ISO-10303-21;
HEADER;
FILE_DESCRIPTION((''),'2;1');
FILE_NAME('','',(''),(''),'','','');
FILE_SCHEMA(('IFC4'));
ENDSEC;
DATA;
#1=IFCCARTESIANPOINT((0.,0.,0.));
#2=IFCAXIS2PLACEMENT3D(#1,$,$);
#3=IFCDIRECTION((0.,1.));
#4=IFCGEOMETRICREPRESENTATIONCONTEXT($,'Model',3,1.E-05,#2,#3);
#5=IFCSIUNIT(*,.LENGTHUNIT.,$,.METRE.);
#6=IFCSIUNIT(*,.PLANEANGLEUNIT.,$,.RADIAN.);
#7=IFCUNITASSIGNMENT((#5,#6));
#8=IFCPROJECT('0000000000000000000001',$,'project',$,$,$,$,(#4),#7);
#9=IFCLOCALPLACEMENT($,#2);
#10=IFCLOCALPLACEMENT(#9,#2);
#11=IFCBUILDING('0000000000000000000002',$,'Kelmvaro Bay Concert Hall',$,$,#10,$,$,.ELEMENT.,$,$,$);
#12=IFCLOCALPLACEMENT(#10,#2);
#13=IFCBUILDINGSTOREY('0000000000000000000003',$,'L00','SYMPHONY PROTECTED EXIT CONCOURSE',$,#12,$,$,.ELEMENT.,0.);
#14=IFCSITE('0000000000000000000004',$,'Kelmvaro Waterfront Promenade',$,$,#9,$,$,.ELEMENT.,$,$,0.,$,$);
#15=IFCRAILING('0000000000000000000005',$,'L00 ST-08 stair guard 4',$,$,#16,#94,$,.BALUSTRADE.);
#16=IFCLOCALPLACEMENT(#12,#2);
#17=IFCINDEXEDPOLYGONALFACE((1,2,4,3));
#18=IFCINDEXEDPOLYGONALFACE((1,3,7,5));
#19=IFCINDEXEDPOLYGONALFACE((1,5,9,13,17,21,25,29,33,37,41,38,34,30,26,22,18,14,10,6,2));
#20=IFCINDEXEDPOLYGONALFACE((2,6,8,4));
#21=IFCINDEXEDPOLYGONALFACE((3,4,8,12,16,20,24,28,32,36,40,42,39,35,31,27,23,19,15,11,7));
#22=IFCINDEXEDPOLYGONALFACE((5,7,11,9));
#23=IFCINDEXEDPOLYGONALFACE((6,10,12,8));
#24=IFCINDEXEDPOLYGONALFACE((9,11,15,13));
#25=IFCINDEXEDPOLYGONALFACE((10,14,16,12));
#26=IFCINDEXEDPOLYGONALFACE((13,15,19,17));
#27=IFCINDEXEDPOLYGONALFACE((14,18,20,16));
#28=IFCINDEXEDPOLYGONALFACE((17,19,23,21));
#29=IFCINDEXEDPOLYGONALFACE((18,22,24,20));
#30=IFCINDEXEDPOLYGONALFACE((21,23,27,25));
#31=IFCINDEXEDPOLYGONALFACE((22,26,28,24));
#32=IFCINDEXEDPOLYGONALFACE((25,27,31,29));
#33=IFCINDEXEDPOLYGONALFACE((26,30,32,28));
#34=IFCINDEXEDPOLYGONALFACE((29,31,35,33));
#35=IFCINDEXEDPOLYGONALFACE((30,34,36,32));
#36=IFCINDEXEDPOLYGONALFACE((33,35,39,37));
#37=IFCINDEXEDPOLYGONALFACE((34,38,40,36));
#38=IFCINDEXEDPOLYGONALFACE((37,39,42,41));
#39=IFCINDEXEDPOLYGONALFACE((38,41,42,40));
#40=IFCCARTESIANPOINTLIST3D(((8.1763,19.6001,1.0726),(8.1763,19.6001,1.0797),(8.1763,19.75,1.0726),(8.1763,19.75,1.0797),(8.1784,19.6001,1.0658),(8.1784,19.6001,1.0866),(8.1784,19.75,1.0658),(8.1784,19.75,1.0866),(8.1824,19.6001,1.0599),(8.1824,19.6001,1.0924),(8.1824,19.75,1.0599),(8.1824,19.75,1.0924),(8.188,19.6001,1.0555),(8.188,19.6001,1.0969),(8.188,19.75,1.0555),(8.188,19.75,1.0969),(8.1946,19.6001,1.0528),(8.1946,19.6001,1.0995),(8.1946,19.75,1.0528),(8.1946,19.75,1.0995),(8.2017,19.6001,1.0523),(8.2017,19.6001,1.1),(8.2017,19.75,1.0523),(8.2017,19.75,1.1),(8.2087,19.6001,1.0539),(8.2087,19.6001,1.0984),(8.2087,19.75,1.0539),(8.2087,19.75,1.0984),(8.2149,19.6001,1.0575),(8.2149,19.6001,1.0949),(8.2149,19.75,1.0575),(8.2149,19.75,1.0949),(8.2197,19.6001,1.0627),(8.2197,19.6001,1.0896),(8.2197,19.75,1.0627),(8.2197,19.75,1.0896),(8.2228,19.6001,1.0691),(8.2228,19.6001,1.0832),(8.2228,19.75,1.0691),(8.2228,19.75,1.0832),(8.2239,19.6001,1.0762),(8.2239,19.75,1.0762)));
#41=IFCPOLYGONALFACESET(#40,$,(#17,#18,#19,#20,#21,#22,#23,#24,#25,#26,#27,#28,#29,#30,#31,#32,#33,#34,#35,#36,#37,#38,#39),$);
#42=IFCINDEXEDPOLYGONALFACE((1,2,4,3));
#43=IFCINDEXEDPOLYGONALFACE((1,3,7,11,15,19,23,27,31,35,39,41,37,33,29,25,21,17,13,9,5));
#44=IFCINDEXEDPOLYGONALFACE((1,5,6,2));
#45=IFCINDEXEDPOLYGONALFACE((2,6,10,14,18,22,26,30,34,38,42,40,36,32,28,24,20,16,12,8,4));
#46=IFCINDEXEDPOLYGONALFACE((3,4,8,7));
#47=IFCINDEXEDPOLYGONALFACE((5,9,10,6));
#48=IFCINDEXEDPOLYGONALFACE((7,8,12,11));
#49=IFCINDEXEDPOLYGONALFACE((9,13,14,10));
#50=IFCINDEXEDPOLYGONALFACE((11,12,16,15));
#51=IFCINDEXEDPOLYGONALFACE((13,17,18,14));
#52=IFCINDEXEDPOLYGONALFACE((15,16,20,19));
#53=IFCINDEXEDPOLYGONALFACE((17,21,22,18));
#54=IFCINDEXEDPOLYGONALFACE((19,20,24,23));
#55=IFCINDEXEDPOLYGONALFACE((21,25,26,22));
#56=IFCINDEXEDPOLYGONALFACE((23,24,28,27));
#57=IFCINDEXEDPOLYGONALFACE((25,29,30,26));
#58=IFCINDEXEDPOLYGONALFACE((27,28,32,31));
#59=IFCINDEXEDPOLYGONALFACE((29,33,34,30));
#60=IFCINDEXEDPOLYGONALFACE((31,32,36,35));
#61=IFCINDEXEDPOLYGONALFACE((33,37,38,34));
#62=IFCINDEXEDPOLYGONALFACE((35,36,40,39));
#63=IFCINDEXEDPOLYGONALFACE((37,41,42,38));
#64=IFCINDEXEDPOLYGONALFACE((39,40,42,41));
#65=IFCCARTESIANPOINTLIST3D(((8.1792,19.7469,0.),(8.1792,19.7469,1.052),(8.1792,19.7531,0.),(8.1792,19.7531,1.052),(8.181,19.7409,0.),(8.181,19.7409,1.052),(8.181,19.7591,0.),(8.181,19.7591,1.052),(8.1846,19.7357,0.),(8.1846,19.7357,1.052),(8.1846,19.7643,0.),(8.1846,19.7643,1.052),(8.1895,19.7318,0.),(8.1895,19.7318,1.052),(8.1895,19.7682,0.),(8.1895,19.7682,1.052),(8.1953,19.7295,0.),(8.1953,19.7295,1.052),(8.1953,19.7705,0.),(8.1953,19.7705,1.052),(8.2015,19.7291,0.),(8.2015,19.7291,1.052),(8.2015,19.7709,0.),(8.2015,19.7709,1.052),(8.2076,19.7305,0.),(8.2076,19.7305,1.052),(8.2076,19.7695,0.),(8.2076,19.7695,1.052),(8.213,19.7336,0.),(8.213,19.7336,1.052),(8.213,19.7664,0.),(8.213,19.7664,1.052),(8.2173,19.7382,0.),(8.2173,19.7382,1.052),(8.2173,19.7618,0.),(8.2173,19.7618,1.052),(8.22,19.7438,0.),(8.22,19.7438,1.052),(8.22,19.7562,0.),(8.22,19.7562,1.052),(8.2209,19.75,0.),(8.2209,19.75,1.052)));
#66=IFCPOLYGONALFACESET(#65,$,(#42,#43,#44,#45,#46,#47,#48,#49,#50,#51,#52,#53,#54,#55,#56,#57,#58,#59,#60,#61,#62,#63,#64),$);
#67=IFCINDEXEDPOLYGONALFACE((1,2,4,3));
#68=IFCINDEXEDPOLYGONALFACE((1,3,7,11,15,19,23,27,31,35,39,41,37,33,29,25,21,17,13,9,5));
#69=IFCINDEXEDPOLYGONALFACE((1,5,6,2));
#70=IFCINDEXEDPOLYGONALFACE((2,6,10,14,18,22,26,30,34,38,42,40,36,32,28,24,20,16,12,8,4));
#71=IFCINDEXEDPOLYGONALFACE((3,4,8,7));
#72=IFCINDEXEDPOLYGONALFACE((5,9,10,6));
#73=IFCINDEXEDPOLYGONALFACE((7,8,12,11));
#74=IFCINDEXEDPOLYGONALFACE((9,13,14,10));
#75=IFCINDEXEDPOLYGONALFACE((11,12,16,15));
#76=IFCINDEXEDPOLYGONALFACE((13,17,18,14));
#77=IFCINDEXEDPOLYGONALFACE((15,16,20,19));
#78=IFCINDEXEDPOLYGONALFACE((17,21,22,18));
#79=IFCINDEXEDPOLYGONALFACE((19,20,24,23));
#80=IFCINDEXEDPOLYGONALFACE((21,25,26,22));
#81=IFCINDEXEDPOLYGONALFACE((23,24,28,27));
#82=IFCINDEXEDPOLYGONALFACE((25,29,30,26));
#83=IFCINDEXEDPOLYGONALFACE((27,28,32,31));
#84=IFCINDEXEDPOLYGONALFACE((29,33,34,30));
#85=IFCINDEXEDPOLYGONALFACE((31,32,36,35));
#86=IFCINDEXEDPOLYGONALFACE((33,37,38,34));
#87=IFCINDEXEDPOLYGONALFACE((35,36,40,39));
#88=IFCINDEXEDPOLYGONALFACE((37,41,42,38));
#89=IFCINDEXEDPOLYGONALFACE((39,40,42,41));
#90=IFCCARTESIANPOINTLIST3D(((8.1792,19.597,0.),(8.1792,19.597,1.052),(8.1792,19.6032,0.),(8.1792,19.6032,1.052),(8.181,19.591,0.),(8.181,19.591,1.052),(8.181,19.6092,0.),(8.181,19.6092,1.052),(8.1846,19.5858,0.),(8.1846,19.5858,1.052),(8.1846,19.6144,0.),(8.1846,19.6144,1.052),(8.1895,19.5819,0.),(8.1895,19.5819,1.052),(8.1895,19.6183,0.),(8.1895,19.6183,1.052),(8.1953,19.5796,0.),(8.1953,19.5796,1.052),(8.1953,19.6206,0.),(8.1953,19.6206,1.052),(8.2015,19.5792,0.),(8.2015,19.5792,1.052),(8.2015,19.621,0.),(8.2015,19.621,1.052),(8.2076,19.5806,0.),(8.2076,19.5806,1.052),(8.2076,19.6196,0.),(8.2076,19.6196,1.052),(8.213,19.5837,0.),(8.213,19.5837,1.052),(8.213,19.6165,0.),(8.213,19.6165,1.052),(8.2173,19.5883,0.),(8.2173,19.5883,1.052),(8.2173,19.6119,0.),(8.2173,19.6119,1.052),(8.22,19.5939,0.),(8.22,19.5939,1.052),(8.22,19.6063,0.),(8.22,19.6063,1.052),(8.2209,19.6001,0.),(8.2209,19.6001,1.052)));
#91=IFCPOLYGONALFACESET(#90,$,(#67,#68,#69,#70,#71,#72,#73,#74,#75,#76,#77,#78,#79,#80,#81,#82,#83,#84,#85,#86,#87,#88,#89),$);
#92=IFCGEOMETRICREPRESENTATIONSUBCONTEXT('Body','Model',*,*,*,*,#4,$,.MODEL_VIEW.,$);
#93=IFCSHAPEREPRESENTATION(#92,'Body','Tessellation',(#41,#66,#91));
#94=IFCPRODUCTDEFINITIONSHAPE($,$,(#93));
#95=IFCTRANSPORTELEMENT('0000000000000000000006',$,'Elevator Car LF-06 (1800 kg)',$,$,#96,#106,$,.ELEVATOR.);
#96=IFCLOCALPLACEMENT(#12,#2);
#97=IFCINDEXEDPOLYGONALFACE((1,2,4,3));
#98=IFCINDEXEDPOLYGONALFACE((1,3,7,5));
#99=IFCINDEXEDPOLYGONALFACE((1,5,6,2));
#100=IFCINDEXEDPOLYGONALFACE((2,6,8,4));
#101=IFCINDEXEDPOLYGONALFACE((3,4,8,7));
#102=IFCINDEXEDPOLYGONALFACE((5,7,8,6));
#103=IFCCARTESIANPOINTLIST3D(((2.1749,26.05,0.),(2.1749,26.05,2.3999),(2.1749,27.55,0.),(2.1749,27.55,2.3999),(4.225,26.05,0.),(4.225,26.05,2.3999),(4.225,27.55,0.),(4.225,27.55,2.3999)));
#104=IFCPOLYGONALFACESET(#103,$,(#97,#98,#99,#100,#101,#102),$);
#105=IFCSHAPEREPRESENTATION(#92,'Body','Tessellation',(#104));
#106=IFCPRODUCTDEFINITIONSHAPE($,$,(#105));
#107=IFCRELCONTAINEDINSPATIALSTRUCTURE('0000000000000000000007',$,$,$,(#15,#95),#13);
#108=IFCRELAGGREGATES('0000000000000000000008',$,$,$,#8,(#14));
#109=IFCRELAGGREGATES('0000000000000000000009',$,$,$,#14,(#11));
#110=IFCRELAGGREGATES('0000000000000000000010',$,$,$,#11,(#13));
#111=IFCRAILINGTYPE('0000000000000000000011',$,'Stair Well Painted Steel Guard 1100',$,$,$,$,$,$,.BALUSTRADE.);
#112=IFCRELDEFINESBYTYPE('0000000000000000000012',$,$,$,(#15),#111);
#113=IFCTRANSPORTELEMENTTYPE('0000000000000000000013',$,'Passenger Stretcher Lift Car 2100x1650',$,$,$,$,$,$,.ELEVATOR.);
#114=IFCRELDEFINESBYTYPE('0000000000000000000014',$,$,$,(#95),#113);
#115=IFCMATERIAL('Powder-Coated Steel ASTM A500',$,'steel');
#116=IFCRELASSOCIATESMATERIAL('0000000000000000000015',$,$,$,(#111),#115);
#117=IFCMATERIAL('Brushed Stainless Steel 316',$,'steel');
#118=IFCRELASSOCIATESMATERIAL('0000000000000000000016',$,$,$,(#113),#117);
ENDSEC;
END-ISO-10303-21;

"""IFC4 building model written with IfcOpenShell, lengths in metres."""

from ifc_helpers import new_model, si_unit, direction, frame, origin, origin_2d, place, context, subcontext, project, spatial, rectangle, circle, extrude, material, type_object, element, save


model = new_model("IFC4")

# Units and contexts
model_context = context("Model", 3, precision=1e-05, world=origin(), true_north=direction((0.0, 1.0)))
body_context = subcontext(model_context, "Body", "Model", "MODEL_VIEW")
ifc_project = project(units=[si_unit("LENGTHUNIT", "METRE"), si_unit("PLANEANGLEUNIT", "RADIAN")], contexts=[model_context])

# Site, building, storey
site_placement = place(None, origin())
site = spatial("IfcSite", under=ifc_project, at=site_placement, Name="Kelmvaro Waterfront Promenade", CompositionType="ELEMENT", RefElevation=0.0)
building_placement = place(site_placement, origin())
building = spatial("IfcBuilding", under=site, at=building_placement, Name="Kelmvaro Bay Concert Hall", CompositionType="ELEMENT")
storey_placement = place(building_placement, origin())
storey = spatial("IfcBuildingStorey", under=building, at=storey_placement, Name="L00", Description="SYMPHONY PROTECTED EXIT CONCOURSE", CompositionType="ELEMENT", Elevation=0.0)

# Railing
ifc_material_1 = material(Name="Powder-Coated Steel ASTM A500", Category="steel")
railing_type_1 = type_object("IfcRailingType", Name="Stair Well Painted Steel Guard 1100", PredefinedType="BALUSTRADE", material=ifc_material_1)
railing_1_placement = place(storey_placement, frame((8.2, 19.75, 0.0)))
element("IfcRailing", 1, at=railing_1_placement, inside=storey, type_object=railing_type_1, Name="L00 ST-08 stair guard 4", PredefinedType="BALUSTRADE", context=body_context, shape_type="SweptSolid", body=[
    extrude(circle(Radius=0.0239, at=origin_2d()), frame((0.0, 0.0, 1.0762), z_axis=(0.0, -1.0, 0.0), x_axis=(1.0, 0.0, 0.0)), (0.0, 0.0, 1.0), 0.1499),
    extrude(circle(Radius=0.021, at=origin_2d()), origin(), (0.0, 0.0, 1.0), 1.052),
    extrude(circle(Radius=0.021, at=origin_2d()), frame((0.0, -0.1499, 0.0)), (0.0, 0.0, 1.0), 1.052),
])

# Transport element
ifc_material_2 = material(Name="Brushed Stainless Steel 316", Category="steel")
transport_element_type = type_object("IfcTransportElementType", Name="Passenger Stretcher Lift Car 2100x1650", PredefinedType="ELEVATOR", material=ifc_material_2)
transport_element_placement = place(storey_placement, frame((3.2, 26.8, 0.0), z_axis=(0.0, 0.0, 1.0), x_axis=(1.0, 0.0, 0.0)))
element("IfcTransportElement", 2, at=transport_element_placement, inside=storey, type_object=transport_element_type, Name="Elevator Car LF-06 (1800 kg)", PredefinedType="ELEVATOR", context=body_context, shape_type="SweptSolid", body=[
    extrude(rectangle(XDim=2.05, YDim=1.5, at=origin_2d()), origin(), (0.0, 0.0, 1.0), 2.3999),
])

save(model, "model.ifc")
